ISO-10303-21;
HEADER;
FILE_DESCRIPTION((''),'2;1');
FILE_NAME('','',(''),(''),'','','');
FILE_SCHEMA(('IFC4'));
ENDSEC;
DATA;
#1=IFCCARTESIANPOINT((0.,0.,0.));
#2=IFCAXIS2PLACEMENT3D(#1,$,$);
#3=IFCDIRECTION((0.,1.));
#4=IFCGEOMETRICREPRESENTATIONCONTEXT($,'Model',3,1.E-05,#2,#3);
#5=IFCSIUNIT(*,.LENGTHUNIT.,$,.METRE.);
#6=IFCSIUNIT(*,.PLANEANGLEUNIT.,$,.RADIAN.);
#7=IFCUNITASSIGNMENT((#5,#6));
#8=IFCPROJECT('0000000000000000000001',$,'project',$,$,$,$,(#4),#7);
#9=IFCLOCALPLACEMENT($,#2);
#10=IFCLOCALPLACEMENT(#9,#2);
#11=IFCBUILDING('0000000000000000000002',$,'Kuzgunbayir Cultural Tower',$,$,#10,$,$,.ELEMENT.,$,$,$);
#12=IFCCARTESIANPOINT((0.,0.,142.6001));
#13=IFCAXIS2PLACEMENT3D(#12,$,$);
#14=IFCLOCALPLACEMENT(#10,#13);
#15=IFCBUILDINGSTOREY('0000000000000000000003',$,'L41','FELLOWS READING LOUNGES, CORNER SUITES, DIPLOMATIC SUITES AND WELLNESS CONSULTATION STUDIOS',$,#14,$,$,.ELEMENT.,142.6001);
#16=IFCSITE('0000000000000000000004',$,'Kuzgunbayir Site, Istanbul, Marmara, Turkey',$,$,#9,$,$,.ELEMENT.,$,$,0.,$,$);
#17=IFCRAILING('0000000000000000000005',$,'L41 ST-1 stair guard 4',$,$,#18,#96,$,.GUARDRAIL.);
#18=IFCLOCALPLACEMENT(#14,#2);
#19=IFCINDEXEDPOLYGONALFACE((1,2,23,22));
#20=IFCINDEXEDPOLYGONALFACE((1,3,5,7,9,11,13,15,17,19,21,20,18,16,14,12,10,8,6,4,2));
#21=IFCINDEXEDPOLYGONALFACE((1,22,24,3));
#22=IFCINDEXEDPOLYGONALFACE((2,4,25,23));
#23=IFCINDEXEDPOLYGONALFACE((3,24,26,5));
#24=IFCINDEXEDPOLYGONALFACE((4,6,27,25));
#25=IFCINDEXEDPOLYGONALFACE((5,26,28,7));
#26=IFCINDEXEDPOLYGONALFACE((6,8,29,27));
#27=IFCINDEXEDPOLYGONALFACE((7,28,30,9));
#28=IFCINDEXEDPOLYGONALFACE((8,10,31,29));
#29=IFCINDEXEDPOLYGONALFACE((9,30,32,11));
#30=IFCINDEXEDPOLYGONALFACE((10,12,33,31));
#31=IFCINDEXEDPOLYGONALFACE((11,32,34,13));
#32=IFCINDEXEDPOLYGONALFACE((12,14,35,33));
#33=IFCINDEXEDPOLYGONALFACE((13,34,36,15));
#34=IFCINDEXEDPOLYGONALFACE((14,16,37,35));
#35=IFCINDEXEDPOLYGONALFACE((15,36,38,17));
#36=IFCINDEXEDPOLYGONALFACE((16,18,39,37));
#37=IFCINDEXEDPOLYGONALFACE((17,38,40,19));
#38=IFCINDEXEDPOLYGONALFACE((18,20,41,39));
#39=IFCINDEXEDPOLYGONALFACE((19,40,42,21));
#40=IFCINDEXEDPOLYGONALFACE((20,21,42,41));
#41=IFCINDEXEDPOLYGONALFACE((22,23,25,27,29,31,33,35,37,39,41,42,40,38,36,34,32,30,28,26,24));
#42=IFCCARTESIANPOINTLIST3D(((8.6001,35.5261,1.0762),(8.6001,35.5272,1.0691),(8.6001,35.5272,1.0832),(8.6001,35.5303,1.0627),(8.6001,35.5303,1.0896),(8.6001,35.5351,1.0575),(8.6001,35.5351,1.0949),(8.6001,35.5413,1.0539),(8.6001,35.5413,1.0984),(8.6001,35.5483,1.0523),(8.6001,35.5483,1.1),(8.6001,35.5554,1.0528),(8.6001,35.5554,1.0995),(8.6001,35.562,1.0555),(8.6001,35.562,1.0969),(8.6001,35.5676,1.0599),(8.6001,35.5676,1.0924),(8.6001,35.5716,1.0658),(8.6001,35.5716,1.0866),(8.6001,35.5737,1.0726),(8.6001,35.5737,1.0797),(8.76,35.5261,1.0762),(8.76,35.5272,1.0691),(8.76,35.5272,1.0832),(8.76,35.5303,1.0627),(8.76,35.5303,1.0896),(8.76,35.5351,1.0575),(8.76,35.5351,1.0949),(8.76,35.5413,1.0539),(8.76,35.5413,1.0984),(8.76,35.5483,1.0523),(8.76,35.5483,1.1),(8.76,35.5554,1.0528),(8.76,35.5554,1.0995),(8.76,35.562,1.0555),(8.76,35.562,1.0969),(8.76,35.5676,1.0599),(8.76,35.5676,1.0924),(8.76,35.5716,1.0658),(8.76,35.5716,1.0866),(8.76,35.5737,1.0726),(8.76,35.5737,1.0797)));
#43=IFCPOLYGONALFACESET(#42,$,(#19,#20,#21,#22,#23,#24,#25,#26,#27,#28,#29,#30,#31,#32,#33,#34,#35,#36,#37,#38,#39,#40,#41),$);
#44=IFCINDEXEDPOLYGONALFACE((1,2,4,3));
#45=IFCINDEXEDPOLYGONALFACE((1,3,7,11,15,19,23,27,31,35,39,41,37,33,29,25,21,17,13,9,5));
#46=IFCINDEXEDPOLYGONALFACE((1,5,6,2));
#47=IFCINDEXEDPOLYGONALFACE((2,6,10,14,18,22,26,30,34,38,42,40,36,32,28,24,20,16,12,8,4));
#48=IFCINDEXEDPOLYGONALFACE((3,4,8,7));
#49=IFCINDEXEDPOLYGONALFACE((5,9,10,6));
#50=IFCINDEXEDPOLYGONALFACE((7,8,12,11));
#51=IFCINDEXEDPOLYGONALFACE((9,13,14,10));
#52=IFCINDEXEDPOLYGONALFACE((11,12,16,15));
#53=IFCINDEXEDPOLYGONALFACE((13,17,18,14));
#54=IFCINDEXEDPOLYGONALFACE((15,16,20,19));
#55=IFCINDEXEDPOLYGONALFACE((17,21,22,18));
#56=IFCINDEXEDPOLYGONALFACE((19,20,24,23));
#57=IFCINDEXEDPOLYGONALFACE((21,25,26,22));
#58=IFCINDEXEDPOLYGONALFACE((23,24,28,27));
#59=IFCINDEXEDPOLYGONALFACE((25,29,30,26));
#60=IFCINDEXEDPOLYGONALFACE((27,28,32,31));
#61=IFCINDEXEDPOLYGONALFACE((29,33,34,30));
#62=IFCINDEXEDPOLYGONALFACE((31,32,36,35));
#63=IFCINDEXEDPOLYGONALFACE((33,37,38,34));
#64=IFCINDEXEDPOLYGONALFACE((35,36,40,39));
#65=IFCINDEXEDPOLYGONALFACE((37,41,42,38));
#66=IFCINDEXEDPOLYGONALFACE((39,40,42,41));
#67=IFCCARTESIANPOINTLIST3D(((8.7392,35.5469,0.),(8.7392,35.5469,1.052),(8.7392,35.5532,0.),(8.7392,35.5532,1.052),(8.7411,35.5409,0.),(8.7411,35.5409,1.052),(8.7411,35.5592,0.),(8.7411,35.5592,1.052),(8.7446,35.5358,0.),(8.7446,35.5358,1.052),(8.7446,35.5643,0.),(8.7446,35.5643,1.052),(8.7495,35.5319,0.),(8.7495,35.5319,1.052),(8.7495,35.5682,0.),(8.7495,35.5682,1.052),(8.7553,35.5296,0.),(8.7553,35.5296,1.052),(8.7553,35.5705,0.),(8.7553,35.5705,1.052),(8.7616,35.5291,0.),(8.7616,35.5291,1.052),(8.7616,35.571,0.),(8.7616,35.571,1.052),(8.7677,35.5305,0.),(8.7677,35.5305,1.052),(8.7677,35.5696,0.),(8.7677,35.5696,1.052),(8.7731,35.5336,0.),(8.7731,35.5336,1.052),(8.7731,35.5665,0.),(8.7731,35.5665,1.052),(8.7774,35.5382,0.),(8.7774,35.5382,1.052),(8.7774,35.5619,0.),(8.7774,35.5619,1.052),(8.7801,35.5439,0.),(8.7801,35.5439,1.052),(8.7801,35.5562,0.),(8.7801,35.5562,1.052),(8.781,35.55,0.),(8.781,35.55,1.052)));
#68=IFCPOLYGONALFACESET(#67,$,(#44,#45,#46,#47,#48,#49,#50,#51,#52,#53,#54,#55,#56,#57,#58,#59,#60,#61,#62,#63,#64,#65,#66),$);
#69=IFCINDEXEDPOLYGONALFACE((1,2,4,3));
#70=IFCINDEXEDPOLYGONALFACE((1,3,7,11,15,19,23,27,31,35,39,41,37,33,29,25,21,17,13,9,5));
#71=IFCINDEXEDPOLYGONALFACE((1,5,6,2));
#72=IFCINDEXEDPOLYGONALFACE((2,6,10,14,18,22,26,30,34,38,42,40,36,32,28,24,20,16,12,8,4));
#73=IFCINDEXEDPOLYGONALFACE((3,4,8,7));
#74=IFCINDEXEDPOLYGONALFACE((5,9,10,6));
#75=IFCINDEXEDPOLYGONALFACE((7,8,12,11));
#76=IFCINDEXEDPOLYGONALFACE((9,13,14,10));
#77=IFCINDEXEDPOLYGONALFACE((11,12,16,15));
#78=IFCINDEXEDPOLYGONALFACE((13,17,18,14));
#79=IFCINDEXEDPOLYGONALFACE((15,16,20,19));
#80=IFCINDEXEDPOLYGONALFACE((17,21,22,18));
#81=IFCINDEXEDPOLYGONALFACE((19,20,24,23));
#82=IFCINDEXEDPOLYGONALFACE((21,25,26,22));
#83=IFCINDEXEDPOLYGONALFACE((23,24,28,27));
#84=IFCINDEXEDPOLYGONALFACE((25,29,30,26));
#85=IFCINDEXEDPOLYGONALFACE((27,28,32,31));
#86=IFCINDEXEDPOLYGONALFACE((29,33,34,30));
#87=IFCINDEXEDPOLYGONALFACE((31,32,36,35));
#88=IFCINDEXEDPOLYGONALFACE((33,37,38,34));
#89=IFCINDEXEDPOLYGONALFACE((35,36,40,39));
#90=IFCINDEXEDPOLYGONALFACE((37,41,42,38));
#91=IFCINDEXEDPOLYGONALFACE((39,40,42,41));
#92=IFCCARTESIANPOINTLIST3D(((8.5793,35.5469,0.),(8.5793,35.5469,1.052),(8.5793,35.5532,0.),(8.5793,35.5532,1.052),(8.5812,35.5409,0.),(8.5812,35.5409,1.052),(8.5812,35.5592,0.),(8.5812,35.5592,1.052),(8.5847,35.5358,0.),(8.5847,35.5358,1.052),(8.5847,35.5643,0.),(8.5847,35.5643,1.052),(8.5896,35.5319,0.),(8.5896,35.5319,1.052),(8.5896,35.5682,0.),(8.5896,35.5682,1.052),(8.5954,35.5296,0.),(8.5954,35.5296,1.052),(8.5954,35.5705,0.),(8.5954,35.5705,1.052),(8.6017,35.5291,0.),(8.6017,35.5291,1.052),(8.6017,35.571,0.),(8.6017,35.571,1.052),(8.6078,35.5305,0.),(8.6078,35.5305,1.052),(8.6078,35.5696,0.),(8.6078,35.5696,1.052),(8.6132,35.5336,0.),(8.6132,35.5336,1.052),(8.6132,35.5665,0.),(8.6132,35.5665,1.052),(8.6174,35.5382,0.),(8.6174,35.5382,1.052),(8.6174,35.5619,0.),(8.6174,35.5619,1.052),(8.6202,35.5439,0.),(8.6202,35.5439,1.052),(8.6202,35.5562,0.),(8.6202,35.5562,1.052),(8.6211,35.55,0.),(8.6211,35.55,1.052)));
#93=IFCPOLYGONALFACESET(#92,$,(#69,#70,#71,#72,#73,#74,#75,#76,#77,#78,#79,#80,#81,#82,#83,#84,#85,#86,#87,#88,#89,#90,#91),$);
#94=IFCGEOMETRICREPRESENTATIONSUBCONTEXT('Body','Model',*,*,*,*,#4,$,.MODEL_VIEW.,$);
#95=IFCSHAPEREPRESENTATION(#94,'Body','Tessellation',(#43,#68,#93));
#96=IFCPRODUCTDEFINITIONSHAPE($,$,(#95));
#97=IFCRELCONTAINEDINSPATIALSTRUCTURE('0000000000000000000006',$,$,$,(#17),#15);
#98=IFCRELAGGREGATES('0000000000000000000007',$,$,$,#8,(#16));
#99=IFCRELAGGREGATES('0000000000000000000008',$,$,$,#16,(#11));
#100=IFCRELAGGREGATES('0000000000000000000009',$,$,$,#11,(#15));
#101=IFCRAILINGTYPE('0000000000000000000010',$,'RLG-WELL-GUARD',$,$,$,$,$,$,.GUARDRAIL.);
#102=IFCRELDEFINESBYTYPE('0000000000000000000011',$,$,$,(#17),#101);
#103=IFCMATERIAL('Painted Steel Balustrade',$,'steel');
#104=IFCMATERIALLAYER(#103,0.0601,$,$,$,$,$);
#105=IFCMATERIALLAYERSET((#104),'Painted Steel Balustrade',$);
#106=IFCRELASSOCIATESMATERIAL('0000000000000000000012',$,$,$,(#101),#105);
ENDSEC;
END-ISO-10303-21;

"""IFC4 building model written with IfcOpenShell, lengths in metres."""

from ifc_helpers import new_model, si_unit, direction, frame, origin, origin_2d, place, context, subcontext, project, spatial, circle, extrude, material, layer, layer_set, type_object, element, save


model = new_model("IFC4")

# Units and contexts
model_context = context("Model", 3, precision=1e-05, world=origin(), true_north=direction((0.0, 1.0)))
body_context = subcontext(model_context, "Body", "Model", "MODEL_VIEW")
ifc_project = project(units=[si_unit("LENGTHUNIT", "METRE"), si_unit("PLANEANGLEUNIT", "RADIAN")], contexts=[model_context])

# Site, building, storey
site_placement = place(None, origin())
site = spatial("IfcSite", under=ifc_project, at=site_placement, Name="Kuzgunbayir Site, Istanbul, Marmara, Turkey", CompositionType="ELEMENT", RefElevation=0.0)
building_placement = place(site_placement, origin())
building = spatial("IfcBuilding", under=site, at=building_placement, Name="Kuzgunbayir Cultural Tower", CompositionType="ELEMENT")
storey_placement = place(building_placement, frame((0.0, 0.0, 142.6001)))
storey = spatial("IfcBuildingStorey", under=building, at=storey_placement, Name="L41", Description="FELLOWS READING LOUNGES, CORNER SUITES, DIPLOMATIC SUITES AND WELLNESS CONSULTATION STUDIOS", CompositionType="ELEMENT", Elevation=142.6001)

# Railing
ifc_material_1 = material(Name="Painted Steel Balustrade", Category="steel")
ifc_layer_1 = layer(ifc_material_1, 0.0601)
ifc_layer_set_1 = layer_set([ifc_layer_1], Name="Painted Steel Balustrade")
railing_type_1 = type_object("IfcRailingType", Name="RLG-WELL-GUARD", PredefinedType="GUARDRAIL", material=ifc_layer_set_1)
railing_1_placement = place(storey_placement, frame((8.76, 35.55, 0.0)))
element("IfcRailing", 1, at=railing_1_placement, inside=storey, type_object=railing_type_1, Name="L41 ST-1 stair guard 4", PredefinedType="GUARDRAIL", context=body_context, shape_type="SweptSolid", body=[
    extrude(circle(Radius=0.0239, at=origin_2d()), frame((0.0, 0.0, 1.0762), z_axis=(-1.0, 0.0, 0.0), x_axis=(0.0, -1.0, 0.0)), (0.0, 0.0, 1.0), 0.1599),
    extrude(circle(Radius=0.021, at=origin_2d()), origin(), (0.0, 0.0, 1.0), 1.052),
    extrude(circle(Radius=0.021, at=origin_2d()), frame((-0.1599, 0.0, 0.0)), (0.0, 0.0, 1.0), 1.052),
])

save(model, "model.ifc")
